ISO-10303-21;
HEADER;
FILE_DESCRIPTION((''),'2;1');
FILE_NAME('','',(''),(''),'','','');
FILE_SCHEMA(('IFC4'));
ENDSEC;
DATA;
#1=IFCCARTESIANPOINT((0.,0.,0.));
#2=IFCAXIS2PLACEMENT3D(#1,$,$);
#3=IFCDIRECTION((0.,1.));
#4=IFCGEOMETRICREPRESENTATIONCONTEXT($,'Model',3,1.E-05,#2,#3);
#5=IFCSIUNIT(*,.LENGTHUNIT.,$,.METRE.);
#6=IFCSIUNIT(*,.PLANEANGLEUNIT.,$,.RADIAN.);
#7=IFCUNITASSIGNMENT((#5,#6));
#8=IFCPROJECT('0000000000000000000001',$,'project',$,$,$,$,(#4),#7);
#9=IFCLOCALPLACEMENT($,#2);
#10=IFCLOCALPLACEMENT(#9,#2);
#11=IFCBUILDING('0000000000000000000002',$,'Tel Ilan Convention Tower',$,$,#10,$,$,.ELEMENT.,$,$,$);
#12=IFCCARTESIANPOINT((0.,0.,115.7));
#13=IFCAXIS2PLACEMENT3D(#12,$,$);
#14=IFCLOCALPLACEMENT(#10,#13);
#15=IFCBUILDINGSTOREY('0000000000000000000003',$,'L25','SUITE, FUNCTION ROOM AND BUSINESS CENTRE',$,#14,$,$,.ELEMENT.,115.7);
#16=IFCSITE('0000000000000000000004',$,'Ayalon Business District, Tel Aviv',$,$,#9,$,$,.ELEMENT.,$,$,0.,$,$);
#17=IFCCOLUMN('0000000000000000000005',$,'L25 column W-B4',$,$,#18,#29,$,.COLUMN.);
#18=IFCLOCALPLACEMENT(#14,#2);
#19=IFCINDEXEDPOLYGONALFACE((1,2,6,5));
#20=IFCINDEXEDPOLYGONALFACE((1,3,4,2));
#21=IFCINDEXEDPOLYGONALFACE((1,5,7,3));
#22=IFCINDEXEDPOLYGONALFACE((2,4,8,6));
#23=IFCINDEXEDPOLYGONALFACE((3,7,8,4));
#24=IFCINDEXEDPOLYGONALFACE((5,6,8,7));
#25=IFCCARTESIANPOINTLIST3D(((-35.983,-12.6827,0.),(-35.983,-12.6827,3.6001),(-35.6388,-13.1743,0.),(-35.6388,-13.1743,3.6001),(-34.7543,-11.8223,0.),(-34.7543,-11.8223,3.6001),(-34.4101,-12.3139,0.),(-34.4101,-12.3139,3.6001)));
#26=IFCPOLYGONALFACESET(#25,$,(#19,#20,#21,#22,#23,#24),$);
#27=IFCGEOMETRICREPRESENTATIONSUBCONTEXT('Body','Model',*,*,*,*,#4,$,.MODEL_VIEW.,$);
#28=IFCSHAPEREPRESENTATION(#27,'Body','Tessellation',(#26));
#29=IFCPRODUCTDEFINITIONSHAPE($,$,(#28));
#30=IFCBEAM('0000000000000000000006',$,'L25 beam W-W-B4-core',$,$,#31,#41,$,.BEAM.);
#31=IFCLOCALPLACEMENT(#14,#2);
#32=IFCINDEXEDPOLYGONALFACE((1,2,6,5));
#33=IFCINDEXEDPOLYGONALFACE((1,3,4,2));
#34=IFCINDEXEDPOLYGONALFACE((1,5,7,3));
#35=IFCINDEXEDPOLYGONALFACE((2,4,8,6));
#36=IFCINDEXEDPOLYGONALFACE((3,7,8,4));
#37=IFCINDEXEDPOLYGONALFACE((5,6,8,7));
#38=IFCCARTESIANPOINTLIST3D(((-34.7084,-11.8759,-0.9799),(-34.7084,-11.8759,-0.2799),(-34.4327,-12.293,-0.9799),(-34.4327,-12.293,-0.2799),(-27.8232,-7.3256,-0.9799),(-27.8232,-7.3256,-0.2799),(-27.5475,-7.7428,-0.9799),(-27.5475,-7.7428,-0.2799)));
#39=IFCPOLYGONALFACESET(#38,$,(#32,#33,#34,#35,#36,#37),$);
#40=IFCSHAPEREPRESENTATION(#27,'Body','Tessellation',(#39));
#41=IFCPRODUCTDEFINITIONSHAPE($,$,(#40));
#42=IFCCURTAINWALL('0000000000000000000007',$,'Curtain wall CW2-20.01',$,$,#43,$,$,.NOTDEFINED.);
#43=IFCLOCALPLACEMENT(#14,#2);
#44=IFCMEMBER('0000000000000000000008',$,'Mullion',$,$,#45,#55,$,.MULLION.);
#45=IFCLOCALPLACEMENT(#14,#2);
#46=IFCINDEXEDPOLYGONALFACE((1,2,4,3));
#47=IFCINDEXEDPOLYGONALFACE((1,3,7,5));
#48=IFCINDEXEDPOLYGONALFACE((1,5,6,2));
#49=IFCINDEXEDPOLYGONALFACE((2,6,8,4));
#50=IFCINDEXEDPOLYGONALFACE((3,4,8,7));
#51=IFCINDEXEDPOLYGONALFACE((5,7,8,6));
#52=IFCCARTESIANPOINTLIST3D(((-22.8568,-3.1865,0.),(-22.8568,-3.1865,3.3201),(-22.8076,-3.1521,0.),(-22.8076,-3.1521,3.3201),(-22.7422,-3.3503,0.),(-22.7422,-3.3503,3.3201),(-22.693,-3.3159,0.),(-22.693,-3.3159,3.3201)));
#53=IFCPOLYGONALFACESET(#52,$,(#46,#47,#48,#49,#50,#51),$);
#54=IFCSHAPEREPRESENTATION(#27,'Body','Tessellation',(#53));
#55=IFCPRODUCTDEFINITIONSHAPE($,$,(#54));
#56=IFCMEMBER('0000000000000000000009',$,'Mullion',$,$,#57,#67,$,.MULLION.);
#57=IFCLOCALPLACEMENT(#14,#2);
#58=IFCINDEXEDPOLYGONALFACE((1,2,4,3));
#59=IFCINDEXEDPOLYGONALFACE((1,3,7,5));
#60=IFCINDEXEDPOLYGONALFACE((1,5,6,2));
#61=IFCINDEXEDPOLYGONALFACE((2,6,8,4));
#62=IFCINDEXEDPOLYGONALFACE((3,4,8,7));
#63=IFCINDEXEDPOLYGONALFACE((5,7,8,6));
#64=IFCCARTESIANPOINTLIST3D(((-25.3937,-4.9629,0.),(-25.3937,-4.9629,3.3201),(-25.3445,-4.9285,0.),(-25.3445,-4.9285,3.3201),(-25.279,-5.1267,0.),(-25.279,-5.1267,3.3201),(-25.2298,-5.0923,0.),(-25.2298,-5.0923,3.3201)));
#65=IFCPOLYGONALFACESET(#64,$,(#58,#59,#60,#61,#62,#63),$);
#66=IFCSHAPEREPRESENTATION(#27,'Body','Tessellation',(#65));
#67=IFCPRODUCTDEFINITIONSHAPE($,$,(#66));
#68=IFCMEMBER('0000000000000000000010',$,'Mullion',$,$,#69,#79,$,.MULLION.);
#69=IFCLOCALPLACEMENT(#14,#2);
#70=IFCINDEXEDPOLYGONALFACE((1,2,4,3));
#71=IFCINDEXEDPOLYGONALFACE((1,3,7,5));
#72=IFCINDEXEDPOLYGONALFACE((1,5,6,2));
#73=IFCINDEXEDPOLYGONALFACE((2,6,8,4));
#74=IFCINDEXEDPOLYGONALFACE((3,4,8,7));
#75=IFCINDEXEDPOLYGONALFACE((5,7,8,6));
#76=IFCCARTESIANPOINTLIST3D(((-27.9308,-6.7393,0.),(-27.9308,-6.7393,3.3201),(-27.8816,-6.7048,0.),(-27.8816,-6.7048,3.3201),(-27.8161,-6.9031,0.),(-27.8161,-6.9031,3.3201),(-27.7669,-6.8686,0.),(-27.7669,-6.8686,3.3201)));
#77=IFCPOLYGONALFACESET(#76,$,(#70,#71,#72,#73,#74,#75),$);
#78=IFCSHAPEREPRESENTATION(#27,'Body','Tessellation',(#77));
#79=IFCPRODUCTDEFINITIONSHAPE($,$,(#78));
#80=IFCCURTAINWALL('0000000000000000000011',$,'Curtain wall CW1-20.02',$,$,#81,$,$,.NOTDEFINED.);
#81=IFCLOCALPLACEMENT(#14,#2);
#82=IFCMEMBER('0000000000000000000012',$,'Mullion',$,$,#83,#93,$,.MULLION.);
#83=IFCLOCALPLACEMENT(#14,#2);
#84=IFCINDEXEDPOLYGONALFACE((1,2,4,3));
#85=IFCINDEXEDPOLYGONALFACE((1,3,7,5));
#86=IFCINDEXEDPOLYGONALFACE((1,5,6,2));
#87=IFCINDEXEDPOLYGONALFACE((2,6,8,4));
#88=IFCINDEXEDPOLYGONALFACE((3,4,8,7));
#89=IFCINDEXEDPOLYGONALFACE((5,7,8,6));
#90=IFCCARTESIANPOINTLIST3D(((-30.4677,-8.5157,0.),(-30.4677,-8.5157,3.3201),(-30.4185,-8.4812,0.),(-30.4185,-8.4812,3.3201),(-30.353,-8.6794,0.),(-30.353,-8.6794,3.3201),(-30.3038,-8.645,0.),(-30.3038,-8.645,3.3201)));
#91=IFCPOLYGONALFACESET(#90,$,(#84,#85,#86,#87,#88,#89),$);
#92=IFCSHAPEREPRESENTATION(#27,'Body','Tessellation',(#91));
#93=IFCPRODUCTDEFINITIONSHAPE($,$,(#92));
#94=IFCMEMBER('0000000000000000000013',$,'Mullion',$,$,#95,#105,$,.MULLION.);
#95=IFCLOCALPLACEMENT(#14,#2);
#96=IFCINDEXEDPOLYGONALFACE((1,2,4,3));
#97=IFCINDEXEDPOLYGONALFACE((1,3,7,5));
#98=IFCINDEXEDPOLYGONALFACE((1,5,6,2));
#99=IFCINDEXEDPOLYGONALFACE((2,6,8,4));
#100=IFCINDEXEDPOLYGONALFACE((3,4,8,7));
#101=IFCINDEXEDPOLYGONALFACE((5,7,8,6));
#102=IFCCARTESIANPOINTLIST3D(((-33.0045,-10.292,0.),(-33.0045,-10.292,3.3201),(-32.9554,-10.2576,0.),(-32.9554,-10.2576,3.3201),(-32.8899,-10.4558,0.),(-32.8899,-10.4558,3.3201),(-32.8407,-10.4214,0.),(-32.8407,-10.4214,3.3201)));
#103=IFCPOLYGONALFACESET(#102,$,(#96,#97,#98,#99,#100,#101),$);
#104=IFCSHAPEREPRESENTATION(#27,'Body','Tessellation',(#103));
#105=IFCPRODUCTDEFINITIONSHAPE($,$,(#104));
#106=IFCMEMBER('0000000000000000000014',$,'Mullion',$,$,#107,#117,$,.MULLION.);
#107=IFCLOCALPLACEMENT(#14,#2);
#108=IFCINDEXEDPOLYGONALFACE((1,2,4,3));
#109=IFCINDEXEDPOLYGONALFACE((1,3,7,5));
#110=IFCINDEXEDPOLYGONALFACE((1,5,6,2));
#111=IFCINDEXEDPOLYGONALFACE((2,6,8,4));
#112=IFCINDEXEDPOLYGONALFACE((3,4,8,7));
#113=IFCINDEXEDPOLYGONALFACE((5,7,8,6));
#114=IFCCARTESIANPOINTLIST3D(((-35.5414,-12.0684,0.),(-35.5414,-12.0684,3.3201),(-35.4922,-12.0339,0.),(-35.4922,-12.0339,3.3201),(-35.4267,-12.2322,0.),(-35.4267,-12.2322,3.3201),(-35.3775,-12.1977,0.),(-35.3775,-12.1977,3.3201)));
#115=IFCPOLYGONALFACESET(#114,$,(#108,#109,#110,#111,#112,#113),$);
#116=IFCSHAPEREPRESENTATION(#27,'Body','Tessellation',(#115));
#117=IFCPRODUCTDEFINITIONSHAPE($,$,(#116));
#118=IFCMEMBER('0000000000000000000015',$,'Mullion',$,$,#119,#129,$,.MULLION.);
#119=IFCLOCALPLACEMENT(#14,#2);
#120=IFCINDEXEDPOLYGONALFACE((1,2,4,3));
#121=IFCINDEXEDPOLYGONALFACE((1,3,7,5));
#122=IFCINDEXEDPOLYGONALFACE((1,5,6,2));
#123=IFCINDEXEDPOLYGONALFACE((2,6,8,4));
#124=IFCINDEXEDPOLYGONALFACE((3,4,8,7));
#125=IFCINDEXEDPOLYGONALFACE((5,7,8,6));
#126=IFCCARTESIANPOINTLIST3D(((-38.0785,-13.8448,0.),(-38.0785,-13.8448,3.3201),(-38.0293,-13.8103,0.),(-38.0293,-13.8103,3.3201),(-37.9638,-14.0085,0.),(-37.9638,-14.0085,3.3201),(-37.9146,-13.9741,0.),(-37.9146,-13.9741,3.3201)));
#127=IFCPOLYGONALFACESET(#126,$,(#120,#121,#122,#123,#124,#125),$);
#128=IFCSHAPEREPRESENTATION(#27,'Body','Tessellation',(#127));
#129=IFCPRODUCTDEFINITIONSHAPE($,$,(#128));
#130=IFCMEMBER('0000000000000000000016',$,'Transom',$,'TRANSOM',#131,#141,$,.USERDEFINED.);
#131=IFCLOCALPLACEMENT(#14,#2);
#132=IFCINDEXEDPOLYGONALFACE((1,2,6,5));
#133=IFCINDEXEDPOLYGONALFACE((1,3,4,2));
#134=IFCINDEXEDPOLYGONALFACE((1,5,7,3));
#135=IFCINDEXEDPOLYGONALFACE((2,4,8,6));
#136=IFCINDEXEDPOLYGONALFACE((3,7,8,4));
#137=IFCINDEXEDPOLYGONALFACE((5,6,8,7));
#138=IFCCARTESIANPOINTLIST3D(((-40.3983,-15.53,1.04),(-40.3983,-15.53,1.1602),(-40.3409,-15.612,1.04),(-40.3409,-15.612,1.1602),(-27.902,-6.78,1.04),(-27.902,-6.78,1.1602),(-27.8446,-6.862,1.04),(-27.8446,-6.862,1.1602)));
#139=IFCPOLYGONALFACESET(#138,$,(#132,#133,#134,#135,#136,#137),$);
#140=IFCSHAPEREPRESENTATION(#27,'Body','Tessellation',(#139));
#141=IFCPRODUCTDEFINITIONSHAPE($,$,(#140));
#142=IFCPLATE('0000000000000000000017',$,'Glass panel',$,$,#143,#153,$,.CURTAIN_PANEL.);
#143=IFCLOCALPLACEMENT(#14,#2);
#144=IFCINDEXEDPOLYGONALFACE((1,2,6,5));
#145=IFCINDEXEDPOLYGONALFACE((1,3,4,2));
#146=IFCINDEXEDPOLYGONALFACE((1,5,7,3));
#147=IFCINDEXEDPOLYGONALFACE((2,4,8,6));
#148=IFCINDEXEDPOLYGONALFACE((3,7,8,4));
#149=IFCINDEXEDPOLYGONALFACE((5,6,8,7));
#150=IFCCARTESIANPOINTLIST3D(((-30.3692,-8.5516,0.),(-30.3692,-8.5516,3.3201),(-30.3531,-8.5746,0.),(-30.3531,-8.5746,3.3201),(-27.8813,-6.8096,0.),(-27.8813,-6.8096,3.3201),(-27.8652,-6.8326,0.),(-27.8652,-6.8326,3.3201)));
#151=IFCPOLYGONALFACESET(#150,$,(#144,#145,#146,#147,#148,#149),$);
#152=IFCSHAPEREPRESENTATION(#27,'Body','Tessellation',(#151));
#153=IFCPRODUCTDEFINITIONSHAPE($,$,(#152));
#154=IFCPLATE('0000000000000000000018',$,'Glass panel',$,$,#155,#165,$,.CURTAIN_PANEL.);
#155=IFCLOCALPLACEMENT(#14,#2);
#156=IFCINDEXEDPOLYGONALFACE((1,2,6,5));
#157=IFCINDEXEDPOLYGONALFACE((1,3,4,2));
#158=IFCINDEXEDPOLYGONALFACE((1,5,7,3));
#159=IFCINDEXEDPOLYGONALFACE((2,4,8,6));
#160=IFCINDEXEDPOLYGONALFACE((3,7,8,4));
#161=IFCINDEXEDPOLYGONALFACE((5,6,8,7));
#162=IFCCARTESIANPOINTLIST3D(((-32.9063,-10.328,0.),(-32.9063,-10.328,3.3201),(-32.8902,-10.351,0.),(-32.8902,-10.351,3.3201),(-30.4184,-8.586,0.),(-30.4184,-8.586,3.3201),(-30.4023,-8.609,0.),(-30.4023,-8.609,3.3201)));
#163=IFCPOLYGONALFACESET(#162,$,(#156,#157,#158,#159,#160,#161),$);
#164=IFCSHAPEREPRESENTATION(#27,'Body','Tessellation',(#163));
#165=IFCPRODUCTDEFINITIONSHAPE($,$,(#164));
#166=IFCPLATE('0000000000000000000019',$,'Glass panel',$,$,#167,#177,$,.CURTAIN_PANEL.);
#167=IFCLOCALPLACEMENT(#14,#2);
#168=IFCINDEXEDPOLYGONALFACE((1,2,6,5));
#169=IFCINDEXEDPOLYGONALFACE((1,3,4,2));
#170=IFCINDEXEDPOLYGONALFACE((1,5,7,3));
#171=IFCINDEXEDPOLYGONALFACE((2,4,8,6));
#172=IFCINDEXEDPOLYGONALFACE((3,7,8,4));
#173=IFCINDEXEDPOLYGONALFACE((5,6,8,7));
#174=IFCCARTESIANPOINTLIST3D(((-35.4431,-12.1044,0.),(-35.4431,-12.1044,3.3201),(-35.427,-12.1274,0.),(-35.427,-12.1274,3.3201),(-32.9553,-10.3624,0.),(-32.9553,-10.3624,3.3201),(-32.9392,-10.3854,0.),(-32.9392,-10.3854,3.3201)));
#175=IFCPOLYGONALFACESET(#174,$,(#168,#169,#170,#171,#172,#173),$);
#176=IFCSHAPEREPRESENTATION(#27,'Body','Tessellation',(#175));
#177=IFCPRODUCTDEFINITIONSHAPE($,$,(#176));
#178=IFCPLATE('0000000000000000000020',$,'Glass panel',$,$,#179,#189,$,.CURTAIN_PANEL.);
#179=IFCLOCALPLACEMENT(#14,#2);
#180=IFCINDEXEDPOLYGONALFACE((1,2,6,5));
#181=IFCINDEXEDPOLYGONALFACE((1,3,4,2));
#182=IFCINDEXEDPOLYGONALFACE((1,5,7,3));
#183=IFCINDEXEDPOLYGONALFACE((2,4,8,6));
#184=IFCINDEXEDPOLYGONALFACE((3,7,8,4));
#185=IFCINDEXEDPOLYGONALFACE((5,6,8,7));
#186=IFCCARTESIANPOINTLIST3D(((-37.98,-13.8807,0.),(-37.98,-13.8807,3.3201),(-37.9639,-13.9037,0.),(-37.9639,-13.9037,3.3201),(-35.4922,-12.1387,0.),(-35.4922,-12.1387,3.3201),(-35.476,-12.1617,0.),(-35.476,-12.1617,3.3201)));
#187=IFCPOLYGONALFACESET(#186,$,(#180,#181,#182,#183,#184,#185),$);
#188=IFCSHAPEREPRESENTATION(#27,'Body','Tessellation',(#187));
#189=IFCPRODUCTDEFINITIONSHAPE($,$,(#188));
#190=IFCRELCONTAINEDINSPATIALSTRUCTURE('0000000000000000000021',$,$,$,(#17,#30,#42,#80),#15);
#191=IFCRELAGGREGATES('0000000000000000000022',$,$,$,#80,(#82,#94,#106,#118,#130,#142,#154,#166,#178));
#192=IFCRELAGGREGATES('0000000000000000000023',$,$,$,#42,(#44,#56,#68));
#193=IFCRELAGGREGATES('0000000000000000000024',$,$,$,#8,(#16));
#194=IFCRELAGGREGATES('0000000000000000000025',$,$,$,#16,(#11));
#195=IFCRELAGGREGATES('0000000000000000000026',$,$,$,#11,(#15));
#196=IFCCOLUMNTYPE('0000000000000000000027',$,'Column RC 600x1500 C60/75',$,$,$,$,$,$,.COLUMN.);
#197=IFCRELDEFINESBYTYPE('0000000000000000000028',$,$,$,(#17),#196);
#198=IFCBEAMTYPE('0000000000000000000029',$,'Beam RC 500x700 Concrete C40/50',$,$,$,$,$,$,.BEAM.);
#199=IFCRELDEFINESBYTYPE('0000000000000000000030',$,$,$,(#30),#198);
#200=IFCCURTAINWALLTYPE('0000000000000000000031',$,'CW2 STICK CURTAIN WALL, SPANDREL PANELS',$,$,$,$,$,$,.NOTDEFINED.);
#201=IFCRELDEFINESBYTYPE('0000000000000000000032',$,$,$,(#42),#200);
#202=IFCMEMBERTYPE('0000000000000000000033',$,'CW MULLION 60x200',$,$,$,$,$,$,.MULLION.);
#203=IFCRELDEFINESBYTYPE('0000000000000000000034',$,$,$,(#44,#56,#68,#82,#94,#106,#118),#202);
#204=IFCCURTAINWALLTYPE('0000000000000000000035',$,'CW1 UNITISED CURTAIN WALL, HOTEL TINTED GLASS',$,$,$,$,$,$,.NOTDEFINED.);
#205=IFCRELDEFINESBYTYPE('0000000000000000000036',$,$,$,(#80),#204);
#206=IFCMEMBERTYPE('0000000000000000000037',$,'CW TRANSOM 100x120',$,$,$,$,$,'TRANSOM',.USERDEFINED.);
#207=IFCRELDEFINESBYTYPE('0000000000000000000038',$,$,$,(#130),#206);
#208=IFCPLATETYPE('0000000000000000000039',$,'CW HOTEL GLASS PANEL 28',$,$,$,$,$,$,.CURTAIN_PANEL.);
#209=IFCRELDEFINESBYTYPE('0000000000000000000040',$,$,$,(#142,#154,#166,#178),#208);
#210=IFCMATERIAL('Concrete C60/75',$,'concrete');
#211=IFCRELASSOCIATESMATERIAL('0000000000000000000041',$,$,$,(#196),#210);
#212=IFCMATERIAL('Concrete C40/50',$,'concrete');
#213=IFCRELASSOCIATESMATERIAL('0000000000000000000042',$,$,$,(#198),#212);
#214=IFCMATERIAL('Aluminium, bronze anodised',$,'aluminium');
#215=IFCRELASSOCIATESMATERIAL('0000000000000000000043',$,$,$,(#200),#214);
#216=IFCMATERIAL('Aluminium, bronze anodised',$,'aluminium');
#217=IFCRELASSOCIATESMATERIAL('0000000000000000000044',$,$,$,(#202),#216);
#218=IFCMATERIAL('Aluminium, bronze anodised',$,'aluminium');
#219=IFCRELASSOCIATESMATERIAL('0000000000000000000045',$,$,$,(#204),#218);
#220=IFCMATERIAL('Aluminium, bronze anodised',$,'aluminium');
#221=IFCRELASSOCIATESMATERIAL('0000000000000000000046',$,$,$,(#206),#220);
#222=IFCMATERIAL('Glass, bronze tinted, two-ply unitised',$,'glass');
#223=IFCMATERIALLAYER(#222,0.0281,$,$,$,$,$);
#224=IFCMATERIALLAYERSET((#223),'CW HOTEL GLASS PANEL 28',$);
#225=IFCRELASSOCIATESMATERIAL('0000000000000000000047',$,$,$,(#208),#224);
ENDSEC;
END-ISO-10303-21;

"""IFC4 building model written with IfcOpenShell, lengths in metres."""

from ifc_helpers import new_model, si_unit, direction, frame, origin, origin_2d, place, context, subcontext, project, spatial, rectangle, extrude, material, layer, layer_set, material_profile, profile_set, type_object, element, aggregate, save


model = new_model("IFC4")

# Units and contexts
model_context = context("Model", 3, precision=1e-05, world=origin(), true_north=direction((0.0, 1.0)))
body_context = subcontext(model_context, "Body", "Model", "MODEL_VIEW")
ifc_project = project(units=[si_unit("LENGTHUNIT", "METRE"), si_unit("PLANEANGLEUNIT", "RADIAN")], contexts=[model_context])

# Site, building, storey
site_placement = place(None, origin())
site = spatial("IfcSite", under=ifc_project, at=site_placement, Name="Ayalon Business District, Tel Aviv", CompositionType="ELEMENT", RefElevation=0.0)
building_placement = place(site_placement, origin())
building = spatial("IfcBuilding", under=site, at=building_placement, Name="Tel Ilan Convention Tower", CompositionType="ELEMENT")
storey_placement = place(building_placement, frame((0.0, 0.0, 115.7)))
storey = spatial("IfcBuildingStorey", under=building, at=storey_placement, Name="L25", Description="SUITE, FUNCTION ROOM AND BUSINESS CENTRE", CompositionType="ELEMENT", Elevation=115.7)

# Column
ifc_material_1 = material(Name="Concrete C60/75", Category="concrete")
ifc_material_profile_1 = material_profile(ifc_material_1, rectangle(XDim=1.5, YDim=0.6001, at=origin_2d()), Name="RC 600x1500")
ifc_profile_set_1 = profile_set([ifc_material_profile_1], Name="Concrete C60/75")
column_type = type_object("IfcColumnType", Name="Column RC 600x1500 C60/75", PredefinedType="COLUMN", material=ifc_profile_set_1)
column_placement = place(storey_placement, frame((-35.1965, -12.4983, 0.0), z_axis=(0.0, 0.0, 1.0), x_axis=(-0.819152, -0.573576, 0.0)))
element("IfcColumn", 1, at=column_placement, inside=storey, type_object=column_type, Name="L25 column W-B4", PredefinedType="COLUMN", context=body_context, shape_type="SweptSolid", body=[
    extrude(rectangle(XDim=1.5, YDim=0.6001, at=origin_2d()), origin(), (0.0, 0.0, 1.0), 3.6001),
])

# Beam
ifc_material_2 = material(Name="Concrete C40/50", Category="concrete")
ifc_material_profile_2 = material_profile(ifc_material_2, rectangle(XDim=0.5, YDim=0.7, at=origin_2d()), Name="RC 500x700")
ifc_profile_set_2 = profile_set([ifc_material_profile_2], Name="Concrete C40/50")
beam_type = type_object("IfcBeamType", Name="Beam RC 500x700 Concrete C40/50", PredefinedType="BEAM", material=ifc_profile_set_2)
beam_placement = place(storey_placement, frame((-34.5706, -12.0845, -0.6299), z_axis=(0.834274, 0.551351, 0.0), x_axis=(-0.551351, 0.834274, 0.0)))
element("IfcBeam", 2, at=beam_placement, inside=storey, type_object=beam_type, Name="L25 beam W-W-B4-core", PredefinedType="BEAM", context=body_context, shape_type="SweptSolid", body=[
    extrude(rectangle(XDim=0.5, YDim=0.7, at=origin_2d()), origin(), (0.0, 0.0, 1.0), 8.2529),
])

# Curtain wall, members
ifc_material_3 = material(Name="Aluminium, bronze anodised", Category="aluminium")
curtain_wall_type_1 = type_object("IfcCurtainWallType", Name="CW2 STICK CURTAIN WALL, SPANDREL PANELS", PredefinedType="NOTDEFINED", material=ifc_material_3)
curtain_wall_1_placement = place(storey_placement, origin())
curtain_wall_1 = element("IfcCurtainWall", 3, at=curtain_wall_1_placement, inside=storey, type_object=curtain_wall_type_1, Name="Curtain wall CW2-20.01", PredefinedType="NOTDEFINED")
ifc_material_4 = material(Name="Aluminium, bronze anodised", Category="aluminium")
ifc_material_profile_3 = material_profile(ifc_material_4, rectangle(XDim=0.0601, YDim=0.2, at=origin_2d()), Name="CW MULLION 60x200")
ifc_profile_set_3 = profile_set([ifc_material_profile_3], Name="Aluminium, bronze anodised")
member_type_1 = type_object("IfcMemberType", Name="CW MULLION 60x200", PredefinedType="MULLION", material=ifc_profile_set_3)
member_1_placement = place(storey_placement, frame((-22.7749, -3.2512, 0.0), z_axis=(0.0, 0.0, 1.0), x_axis=(-0.819152, -0.573576, 0.0)))
member_1 = element("IfcMember", 4, at=member_1_placement, type_object=member_type_1, Name="Mullion", PredefinedType="MULLION", context=body_context, shape_type="SweptSolid", body=[
    extrude(rectangle(XDim=0.0601, YDim=0.2, at=origin_2d()), origin(), (0.0, 0.0, 1.0), 3.3201),
])
member_2_placement = place(storey_placement, frame((-25.3118, -5.0276, 0.0), z_axis=(0.0, 0.0, 1.0), x_axis=(-0.819152, -0.573576, 0.0)))
member_2 = element("IfcMember", 5, at=member_2_placement, type_object=member_type_1, Name="Mullion", PredefinedType="MULLION", context=body_context, shape_type="SweptSolid", body=[
    extrude(rectangle(XDim=0.0601, YDim=0.2, at=origin_2d()), origin(), (0.0, 0.0, 1.0), 3.3201),
])
member_3_placement = place(storey_placement, frame((-27.8489, -6.804, 0.0), z_axis=(0.0, 0.0, 1.0), x_axis=(-0.819152, -0.573576, 0.0)))
member_3 = element("IfcMember", 6, at=member_3_placement, type_object=member_type_1, Name="Mullion", PredefinedType="MULLION", context=body_context, shape_type="SweptSolid", body=[
    extrude(rectangle(XDim=0.0601, YDim=0.2, at=origin_2d()), origin(), (0.0, 0.0, 1.0), 3.3201),
])

# Curtain wall, members, plates
ifc_material_5 = material(Name="Aluminium, bronze anodised", Category="aluminium")
curtain_wall_type_2 = type_object("IfcCurtainWallType", Name="CW1 UNITISED CURTAIN WALL, HOTEL TINTED GLASS", PredefinedType="NOTDEFINED", material=ifc_material_5)
curtain_wall_2_placement = place(storey_placement, origin())
curtain_wall_2 = element("IfcCurtainWall", 7, at=curtain_wall_2_placement, inside=storey, type_object=curtain_wall_type_2, Name="Curtain wall CW1-20.02", PredefinedType="NOTDEFINED")
member_4_placement = place(storey_placement, frame((-30.3857, -8.5803, 0.0), z_axis=(0.0, 0.0, 1.0), x_axis=(-0.819152, -0.573576, 0.0)))
member_4 = element("IfcMember", 8, at=member_4_placement, type_object=member_type_1, Name="Mullion", PredefinedType="MULLION", context=body_context, shape_type="SweptSolid", body=[
    extrude(rectangle(XDim=0.0601, YDim=0.2, at=origin_2d()), origin(), (0.0, 0.0, 1.0), 3.3201),
])
member_5_placement = place(storey_placement, frame((-32.9226, -10.3567, 0.0), z_axis=(0.0, 0.0, 1.0), x_axis=(-0.819152, -0.573576, 0.0)))
member_5 = element("IfcMember", 9, at=member_5_placement, type_object=member_type_1, Name="Mullion", PredefinedType="MULLION", context=body_context, shape_type="SweptSolid", body=[
    extrude(rectangle(XDim=0.0601, YDim=0.2, at=origin_2d()), origin(), (0.0, 0.0, 1.0), 3.3201),
])
member_6_placement = place(storey_placement, frame((-35.4595, -12.1331, 0.0), z_axis=(0.0, 0.0, 1.0), x_axis=(-0.819152, -0.573576, 0.0)))
member_6 = element("IfcMember", 10, at=member_6_placement, type_object=member_type_1, Name="Mullion", PredefinedType="MULLION", context=body_context, shape_type="SweptSolid", body=[
    extrude(rectangle(XDim=0.0601, YDim=0.2, at=origin_2d()), origin(), (0.0, 0.0, 1.0), 3.3201),
])
member_7_placement = place(storey_placement, frame((-37.9966, -13.9094, 0.0), z_axis=(0.0, 0.0, 1.0), x_axis=(-0.819152, -0.573576, 0.0)))
member_7 = element("IfcMember", 11, at=member_7_placement, type_object=member_type_1, Name="Mullion", PredefinedType="MULLION", context=body_context, shape_type="SweptSolid", body=[
    extrude(rectangle(XDim=0.0601, YDim=0.2, at=origin_2d()), origin(), (0.0, 0.0, 1.0), 3.3201),
])
ifc_material_6 = material(Name="Aluminium, bronze anodised", Category="aluminium")
ifc_material_profile_4 = material_profile(ifc_material_6, rectangle(XDim=0.1001, YDim=0.1201, at=origin_2d()), Name="CW TRANSOM 100x120")
ifc_profile_set_4 = profile_set([ifc_material_profile_4], Name="Aluminium, bronze anodised")
member_type_2 = type_object("IfcMemberType", Name="CW TRANSOM 100x120", ElementType="TRANSOM", PredefinedType="USERDEFINED", material=ifc_profile_set_4)
member_8_placement = place(storey_placement, frame((-27.8733, -6.821, 1.1001), z_axis=(-0.819153, -0.573575, 0.0), x_axis=(0.573575, -0.819153, 0.0)))
member_8 = element("IfcMember", 12, at=member_8_placement, type_object=member_type_2, Name="Transom", ObjectType="TRANSOM", PredefinedType="USERDEFINED", context=body_context, shape_type="SweptSolid", body=[
    extrude(rectangle(XDim=0.1001, YDim=0.1201, at=origin_2d()), origin(), (0.0, 0.0, 1.0), 15.2551),
])
ifc_material_7 = material(Name="Glass, bronze tinted, two-ply unitised", Category="glass")
ifc_layer_1 = layer(ifc_material_7, 0.0281)
ifc_layer_set_1 = layer_set([ifc_layer_1], Name="CW HOTEL GLASS PANEL 28")
plate_type_1 = type_object("IfcPlateType", Name="CW HOTEL GLASS PANEL 28", PredefinedType="CURTAIN_PANEL", material=ifc_layer_set_1)
plate_1_placement = place(storey_placement, frame((-29.1172, -7.6921, 0.0), z_axis=(0.0, 0.0, 1.0), x_axis=(-0.819152, -0.573576, 0.0)))
plate_1 = element("IfcPlate", 13, at=plate_1_placement, type_object=plate_type_1, Name="Glass panel", PredefinedType="CURTAIN_PANEL", context=body_context, shape_type="SweptSolid", body=[
    extrude(rectangle(XDim=3.0371, YDim=0.0281, at=origin_2d()), origin(), (0.0, 0.0, 1.0), 3.3201),
])
plate_2_placement = place(storey_placement, frame((-31.6543, -9.4685, 0.0), z_axis=(0.0, 0.0, 1.0), x_axis=(-0.819152, -0.573576, 0.0)))
plate_2 = element("IfcPlate", 14, at=plate_2_placement, type_object=plate_type_1, Name="Glass panel", PredefinedType="CURTAIN_PANEL", context=body_context, shape_type="SweptSolid", body=[
    extrude(rectangle(XDim=3.0371, YDim=0.0281, at=origin_2d()), origin(), (0.0, 0.0, 1.0), 3.3201),
])
plate_3_placement = place(storey_placement, frame((-34.1912, -11.2449, 0.0), z_axis=(0.0, 0.0, 1.0), x_axis=(-0.819152, -0.573576, 0.0)))
plate_3 = element("IfcPlate", 15, at=plate_3_placement, type_object=plate_type_1, Name="Glass panel", PredefinedType="CURTAIN_PANEL", context=body_context, shape_type="SweptSolid", body=[
    extrude(rectangle(XDim=3.0371, YDim=0.0281, at=origin_2d()), origin(), (0.0, 0.0, 1.0), 3.3201),
])
plate_4_placement = place(storey_placement, frame((-36.728, -13.0212, 0.0), z_axis=(0.0, 0.0, 1.0), x_axis=(-0.819152, -0.573576, 0.0)))
plate_4 = element("IfcPlate", 16, at=plate_4_placement, type_object=plate_type_1, Name="Glass panel", PredefinedType="CURTAIN_PANEL", context=body_context, shape_type="SweptSolid", body=[
    extrude(rectangle(XDim=3.0371, YDim=0.0281, at=origin_2d()), origin(), (0.0, 0.0, 1.0), 3.3201),
])
aggregate(curtain_wall_2, [member_4, member_5, member_6, member_7, member_8, plate_1, plate_2, plate_3, plate_4])

aggregate(curtain_wall_1, [member_1, member_2, member_3])

save(model, "model.ifc")
